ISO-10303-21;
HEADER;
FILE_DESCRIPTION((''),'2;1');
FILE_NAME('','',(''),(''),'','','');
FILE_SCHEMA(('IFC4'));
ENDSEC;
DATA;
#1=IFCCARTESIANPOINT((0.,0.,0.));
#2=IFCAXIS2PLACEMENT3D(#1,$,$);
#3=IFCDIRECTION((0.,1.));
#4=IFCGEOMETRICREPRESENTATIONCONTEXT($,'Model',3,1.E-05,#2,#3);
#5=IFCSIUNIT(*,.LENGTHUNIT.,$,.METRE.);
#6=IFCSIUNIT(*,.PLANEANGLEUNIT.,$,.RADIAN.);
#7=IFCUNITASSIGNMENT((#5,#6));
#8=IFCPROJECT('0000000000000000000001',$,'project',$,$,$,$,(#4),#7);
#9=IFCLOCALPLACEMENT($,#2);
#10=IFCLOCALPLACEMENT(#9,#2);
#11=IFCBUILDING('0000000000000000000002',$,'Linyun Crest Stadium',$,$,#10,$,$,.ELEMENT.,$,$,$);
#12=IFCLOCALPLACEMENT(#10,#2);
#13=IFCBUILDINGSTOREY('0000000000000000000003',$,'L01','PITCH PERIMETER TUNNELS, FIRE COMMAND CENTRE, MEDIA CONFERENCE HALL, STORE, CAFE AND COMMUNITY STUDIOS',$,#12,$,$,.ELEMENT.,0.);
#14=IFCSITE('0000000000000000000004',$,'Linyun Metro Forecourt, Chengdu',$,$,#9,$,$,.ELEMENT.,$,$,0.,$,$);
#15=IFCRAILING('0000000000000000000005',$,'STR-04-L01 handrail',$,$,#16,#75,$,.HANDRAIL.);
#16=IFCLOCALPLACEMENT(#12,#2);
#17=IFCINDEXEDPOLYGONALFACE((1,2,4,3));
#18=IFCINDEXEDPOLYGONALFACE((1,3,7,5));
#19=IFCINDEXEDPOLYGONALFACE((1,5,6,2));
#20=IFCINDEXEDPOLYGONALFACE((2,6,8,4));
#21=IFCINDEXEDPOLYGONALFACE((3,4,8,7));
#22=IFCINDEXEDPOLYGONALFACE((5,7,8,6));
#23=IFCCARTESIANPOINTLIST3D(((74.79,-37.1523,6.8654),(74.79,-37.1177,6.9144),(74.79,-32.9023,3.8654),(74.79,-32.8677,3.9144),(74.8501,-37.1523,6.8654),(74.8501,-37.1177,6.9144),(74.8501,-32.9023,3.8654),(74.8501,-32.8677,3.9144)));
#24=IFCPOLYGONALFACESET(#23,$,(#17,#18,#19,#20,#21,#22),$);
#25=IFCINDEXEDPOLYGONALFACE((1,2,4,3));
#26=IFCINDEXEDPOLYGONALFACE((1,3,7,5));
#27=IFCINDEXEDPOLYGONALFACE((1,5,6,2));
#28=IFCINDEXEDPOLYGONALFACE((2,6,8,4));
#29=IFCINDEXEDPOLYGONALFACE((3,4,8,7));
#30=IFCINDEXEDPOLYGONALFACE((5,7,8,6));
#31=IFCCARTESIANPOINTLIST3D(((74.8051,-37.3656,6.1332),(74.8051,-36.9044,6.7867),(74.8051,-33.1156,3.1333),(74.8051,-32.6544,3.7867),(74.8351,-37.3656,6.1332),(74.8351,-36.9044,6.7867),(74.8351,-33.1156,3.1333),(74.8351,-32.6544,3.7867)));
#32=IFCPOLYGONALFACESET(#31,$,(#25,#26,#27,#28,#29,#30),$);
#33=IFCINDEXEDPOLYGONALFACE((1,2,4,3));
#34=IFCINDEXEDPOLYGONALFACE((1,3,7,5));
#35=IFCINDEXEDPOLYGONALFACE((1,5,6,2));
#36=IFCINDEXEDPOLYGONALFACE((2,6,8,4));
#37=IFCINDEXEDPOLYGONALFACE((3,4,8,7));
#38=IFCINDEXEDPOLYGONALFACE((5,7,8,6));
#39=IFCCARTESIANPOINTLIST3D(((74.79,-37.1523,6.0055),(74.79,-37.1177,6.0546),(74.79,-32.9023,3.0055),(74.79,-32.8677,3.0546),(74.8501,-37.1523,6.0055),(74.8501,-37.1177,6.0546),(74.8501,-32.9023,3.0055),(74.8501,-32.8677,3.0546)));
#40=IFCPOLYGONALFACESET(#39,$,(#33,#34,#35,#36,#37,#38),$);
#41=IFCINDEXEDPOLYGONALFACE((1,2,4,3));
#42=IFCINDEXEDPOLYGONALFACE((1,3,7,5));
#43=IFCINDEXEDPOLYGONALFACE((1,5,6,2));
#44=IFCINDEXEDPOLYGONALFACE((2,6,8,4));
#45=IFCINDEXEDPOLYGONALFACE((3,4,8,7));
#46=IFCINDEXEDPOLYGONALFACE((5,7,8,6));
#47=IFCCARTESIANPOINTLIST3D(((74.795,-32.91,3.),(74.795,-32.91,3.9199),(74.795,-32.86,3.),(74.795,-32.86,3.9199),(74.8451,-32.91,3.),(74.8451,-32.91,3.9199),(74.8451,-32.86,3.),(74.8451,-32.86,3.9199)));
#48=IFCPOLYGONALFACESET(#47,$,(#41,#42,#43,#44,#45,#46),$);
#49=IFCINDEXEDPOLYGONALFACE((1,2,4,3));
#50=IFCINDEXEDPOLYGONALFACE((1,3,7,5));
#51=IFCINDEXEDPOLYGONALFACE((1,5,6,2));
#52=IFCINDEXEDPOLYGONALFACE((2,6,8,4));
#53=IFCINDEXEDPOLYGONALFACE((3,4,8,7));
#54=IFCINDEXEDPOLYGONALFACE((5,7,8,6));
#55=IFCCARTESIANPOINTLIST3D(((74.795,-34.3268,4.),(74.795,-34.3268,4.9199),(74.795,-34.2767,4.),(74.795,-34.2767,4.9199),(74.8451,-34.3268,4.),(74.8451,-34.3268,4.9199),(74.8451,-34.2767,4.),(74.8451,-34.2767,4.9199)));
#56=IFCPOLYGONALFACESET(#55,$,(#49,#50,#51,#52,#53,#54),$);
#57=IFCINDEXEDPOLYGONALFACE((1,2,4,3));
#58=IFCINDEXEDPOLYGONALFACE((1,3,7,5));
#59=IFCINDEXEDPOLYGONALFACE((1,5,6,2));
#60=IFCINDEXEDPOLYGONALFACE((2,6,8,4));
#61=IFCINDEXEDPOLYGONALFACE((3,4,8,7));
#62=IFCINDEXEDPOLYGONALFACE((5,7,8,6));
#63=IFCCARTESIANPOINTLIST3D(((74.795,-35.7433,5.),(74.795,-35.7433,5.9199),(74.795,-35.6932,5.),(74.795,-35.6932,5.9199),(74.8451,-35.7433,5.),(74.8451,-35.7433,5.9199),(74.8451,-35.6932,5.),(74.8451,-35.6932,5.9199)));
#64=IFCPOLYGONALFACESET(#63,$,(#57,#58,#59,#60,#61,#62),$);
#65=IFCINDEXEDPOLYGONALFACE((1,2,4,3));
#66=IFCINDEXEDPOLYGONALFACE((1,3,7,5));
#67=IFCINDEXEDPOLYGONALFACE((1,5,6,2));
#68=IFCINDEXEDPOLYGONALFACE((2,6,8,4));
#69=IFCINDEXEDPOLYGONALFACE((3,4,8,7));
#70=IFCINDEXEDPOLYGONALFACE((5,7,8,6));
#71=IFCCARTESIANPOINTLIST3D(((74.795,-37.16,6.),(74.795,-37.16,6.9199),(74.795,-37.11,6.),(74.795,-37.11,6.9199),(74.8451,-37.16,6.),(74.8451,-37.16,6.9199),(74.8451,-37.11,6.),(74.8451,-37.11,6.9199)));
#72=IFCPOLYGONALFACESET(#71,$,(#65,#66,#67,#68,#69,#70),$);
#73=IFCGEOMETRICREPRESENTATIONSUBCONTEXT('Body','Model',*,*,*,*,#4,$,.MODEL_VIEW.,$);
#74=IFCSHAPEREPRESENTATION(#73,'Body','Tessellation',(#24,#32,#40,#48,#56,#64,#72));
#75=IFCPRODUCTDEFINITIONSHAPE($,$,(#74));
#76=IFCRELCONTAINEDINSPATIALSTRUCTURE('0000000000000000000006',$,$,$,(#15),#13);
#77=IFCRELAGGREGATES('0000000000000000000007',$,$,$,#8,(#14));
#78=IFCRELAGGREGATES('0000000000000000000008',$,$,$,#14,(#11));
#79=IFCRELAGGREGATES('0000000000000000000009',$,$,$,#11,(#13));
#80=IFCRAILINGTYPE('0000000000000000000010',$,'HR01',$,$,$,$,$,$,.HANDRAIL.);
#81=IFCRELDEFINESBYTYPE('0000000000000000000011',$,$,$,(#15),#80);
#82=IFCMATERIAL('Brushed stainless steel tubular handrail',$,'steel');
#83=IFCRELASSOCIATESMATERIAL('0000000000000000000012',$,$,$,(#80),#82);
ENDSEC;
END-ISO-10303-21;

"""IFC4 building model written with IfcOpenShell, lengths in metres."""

from ifc_helpers import new_model, si_unit, direction, frame, origin, origin_2d, place, context, subcontext, project, spatial, rectangle, extrude, material, type_object, element, save


model = new_model("IFC4")

# Units and contexts
model_context = context("Model", 3, precision=1e-05, world=origin(), true_north=direction((0.0, 1.0)))
body_context = subcontext(model_context, "Body", "Model", "MODEL_VIEW")
ifc_project = project(units=[si_unit("LENGTHUNIT", "METRE"), si_unit("PLANEANGLEUNIT", "RADIAN")], contexts=[model_context])

# Site, building, storey
site_placement = place(None, origin())
site = spatial("IfcSite", under=ifc_project, at=site_placement, Name="Linyun Metro Forecourt, Chengdu", CompositionType="ELEMENT", RefElevation=0.0)
building_placement = place(site_placement, origin())
building = spatial("IfcBuilding", under=site, at=building_placement, Name="Linyun Crest Stadium", CompositionType="ELEMENT")
storey_placement = place(building_placement, origin())
storey = spatial("IfcBuildingStorey", under=building, at=storey_placement, Name="L01", Description="PITCH PERIMETER TUNNELS, FIRE COMMAND CENTRE, MEDIA CONFERENCE HALL, STORE, CAFE AND COMMUNITY STUDIOS", CompositionType="ELEMENT", Elevation=0.0)

# Railing
ifc_material_1 = material(Name="Brushed stainless steel tubular handrail", Category="steel")
railing_type_1 = type_object("IfcRailingType", Name="HR01", PredefinedType="HANDRAIL", material=ifc_material_1)
railing_1_placement = place(storey_placement, frame((74.8201, -32.885, 3.0)))
element("IfcRailing", 1, at=railing_1_placement, inside=storey, type_object=railing_type_1, Name="STR-04-L01 handrail", PredefinedType="HANDRAIL", context=body_context, shape_type="SweptSolid", body=[
    extrude(rectangle(XDim=0.0601, YDim=0.0601, at=origin_2d()), frame((0.0, 0.0, 0.8899), z_axis=(0.0, -0.816968, 0.576683), x_axis=(1.0, 0.0, 0.0)), (0.0, 0.0, 1.0), 5.2021),
    extrude(rectangle(XDim=0.03, YDim=0.7998, at=origin_2d()), frame((0.0, 0.0, 0.46), z_axis=(0.0, -0.816968, 0.576683), x_axis=(1.0, 0.0, 0.0)), (0.0, 0.0, 1.0), 5.2021),
    extrude(rectangle(XDim=0.0601, YDim=0.0601, at=origin_2d()), frame((0.0, 0.0, 0.03), z_axis=(0.0, -0.816968, 0.576683), x_axis=(1.0, 0.0, 0.0)), (0.0, 0.0, 1.0), 5.2021),
    extrude(rectangle(XDim=0.05, YDim=0.05, at=origin_2d()), origin(), (0.0, 0.0, 1.0), 0.9199),
    extrude(rectangle(XDim=0.05, YDim=0.05, at=origin_2d()), frame((0.0, -1.4167, 1.0)), (0.0, 0.0, 1.0), 0.9199),
    extrude(rectangle(XDim=0.05, YDim=0.05, at=origin_2d()), frame((0.0, -2.8333, 2.0)), (0.0, 0.0, 1.0), 0.9199),
    extrude(rectangle(XDim=0.05, YDim=0.05, at=origin_2d()), frame((0.0, -4.25, 3.0)), (0.0, 0.0, 1.0), 0.9199),
])

save(model, "model.ifc")
